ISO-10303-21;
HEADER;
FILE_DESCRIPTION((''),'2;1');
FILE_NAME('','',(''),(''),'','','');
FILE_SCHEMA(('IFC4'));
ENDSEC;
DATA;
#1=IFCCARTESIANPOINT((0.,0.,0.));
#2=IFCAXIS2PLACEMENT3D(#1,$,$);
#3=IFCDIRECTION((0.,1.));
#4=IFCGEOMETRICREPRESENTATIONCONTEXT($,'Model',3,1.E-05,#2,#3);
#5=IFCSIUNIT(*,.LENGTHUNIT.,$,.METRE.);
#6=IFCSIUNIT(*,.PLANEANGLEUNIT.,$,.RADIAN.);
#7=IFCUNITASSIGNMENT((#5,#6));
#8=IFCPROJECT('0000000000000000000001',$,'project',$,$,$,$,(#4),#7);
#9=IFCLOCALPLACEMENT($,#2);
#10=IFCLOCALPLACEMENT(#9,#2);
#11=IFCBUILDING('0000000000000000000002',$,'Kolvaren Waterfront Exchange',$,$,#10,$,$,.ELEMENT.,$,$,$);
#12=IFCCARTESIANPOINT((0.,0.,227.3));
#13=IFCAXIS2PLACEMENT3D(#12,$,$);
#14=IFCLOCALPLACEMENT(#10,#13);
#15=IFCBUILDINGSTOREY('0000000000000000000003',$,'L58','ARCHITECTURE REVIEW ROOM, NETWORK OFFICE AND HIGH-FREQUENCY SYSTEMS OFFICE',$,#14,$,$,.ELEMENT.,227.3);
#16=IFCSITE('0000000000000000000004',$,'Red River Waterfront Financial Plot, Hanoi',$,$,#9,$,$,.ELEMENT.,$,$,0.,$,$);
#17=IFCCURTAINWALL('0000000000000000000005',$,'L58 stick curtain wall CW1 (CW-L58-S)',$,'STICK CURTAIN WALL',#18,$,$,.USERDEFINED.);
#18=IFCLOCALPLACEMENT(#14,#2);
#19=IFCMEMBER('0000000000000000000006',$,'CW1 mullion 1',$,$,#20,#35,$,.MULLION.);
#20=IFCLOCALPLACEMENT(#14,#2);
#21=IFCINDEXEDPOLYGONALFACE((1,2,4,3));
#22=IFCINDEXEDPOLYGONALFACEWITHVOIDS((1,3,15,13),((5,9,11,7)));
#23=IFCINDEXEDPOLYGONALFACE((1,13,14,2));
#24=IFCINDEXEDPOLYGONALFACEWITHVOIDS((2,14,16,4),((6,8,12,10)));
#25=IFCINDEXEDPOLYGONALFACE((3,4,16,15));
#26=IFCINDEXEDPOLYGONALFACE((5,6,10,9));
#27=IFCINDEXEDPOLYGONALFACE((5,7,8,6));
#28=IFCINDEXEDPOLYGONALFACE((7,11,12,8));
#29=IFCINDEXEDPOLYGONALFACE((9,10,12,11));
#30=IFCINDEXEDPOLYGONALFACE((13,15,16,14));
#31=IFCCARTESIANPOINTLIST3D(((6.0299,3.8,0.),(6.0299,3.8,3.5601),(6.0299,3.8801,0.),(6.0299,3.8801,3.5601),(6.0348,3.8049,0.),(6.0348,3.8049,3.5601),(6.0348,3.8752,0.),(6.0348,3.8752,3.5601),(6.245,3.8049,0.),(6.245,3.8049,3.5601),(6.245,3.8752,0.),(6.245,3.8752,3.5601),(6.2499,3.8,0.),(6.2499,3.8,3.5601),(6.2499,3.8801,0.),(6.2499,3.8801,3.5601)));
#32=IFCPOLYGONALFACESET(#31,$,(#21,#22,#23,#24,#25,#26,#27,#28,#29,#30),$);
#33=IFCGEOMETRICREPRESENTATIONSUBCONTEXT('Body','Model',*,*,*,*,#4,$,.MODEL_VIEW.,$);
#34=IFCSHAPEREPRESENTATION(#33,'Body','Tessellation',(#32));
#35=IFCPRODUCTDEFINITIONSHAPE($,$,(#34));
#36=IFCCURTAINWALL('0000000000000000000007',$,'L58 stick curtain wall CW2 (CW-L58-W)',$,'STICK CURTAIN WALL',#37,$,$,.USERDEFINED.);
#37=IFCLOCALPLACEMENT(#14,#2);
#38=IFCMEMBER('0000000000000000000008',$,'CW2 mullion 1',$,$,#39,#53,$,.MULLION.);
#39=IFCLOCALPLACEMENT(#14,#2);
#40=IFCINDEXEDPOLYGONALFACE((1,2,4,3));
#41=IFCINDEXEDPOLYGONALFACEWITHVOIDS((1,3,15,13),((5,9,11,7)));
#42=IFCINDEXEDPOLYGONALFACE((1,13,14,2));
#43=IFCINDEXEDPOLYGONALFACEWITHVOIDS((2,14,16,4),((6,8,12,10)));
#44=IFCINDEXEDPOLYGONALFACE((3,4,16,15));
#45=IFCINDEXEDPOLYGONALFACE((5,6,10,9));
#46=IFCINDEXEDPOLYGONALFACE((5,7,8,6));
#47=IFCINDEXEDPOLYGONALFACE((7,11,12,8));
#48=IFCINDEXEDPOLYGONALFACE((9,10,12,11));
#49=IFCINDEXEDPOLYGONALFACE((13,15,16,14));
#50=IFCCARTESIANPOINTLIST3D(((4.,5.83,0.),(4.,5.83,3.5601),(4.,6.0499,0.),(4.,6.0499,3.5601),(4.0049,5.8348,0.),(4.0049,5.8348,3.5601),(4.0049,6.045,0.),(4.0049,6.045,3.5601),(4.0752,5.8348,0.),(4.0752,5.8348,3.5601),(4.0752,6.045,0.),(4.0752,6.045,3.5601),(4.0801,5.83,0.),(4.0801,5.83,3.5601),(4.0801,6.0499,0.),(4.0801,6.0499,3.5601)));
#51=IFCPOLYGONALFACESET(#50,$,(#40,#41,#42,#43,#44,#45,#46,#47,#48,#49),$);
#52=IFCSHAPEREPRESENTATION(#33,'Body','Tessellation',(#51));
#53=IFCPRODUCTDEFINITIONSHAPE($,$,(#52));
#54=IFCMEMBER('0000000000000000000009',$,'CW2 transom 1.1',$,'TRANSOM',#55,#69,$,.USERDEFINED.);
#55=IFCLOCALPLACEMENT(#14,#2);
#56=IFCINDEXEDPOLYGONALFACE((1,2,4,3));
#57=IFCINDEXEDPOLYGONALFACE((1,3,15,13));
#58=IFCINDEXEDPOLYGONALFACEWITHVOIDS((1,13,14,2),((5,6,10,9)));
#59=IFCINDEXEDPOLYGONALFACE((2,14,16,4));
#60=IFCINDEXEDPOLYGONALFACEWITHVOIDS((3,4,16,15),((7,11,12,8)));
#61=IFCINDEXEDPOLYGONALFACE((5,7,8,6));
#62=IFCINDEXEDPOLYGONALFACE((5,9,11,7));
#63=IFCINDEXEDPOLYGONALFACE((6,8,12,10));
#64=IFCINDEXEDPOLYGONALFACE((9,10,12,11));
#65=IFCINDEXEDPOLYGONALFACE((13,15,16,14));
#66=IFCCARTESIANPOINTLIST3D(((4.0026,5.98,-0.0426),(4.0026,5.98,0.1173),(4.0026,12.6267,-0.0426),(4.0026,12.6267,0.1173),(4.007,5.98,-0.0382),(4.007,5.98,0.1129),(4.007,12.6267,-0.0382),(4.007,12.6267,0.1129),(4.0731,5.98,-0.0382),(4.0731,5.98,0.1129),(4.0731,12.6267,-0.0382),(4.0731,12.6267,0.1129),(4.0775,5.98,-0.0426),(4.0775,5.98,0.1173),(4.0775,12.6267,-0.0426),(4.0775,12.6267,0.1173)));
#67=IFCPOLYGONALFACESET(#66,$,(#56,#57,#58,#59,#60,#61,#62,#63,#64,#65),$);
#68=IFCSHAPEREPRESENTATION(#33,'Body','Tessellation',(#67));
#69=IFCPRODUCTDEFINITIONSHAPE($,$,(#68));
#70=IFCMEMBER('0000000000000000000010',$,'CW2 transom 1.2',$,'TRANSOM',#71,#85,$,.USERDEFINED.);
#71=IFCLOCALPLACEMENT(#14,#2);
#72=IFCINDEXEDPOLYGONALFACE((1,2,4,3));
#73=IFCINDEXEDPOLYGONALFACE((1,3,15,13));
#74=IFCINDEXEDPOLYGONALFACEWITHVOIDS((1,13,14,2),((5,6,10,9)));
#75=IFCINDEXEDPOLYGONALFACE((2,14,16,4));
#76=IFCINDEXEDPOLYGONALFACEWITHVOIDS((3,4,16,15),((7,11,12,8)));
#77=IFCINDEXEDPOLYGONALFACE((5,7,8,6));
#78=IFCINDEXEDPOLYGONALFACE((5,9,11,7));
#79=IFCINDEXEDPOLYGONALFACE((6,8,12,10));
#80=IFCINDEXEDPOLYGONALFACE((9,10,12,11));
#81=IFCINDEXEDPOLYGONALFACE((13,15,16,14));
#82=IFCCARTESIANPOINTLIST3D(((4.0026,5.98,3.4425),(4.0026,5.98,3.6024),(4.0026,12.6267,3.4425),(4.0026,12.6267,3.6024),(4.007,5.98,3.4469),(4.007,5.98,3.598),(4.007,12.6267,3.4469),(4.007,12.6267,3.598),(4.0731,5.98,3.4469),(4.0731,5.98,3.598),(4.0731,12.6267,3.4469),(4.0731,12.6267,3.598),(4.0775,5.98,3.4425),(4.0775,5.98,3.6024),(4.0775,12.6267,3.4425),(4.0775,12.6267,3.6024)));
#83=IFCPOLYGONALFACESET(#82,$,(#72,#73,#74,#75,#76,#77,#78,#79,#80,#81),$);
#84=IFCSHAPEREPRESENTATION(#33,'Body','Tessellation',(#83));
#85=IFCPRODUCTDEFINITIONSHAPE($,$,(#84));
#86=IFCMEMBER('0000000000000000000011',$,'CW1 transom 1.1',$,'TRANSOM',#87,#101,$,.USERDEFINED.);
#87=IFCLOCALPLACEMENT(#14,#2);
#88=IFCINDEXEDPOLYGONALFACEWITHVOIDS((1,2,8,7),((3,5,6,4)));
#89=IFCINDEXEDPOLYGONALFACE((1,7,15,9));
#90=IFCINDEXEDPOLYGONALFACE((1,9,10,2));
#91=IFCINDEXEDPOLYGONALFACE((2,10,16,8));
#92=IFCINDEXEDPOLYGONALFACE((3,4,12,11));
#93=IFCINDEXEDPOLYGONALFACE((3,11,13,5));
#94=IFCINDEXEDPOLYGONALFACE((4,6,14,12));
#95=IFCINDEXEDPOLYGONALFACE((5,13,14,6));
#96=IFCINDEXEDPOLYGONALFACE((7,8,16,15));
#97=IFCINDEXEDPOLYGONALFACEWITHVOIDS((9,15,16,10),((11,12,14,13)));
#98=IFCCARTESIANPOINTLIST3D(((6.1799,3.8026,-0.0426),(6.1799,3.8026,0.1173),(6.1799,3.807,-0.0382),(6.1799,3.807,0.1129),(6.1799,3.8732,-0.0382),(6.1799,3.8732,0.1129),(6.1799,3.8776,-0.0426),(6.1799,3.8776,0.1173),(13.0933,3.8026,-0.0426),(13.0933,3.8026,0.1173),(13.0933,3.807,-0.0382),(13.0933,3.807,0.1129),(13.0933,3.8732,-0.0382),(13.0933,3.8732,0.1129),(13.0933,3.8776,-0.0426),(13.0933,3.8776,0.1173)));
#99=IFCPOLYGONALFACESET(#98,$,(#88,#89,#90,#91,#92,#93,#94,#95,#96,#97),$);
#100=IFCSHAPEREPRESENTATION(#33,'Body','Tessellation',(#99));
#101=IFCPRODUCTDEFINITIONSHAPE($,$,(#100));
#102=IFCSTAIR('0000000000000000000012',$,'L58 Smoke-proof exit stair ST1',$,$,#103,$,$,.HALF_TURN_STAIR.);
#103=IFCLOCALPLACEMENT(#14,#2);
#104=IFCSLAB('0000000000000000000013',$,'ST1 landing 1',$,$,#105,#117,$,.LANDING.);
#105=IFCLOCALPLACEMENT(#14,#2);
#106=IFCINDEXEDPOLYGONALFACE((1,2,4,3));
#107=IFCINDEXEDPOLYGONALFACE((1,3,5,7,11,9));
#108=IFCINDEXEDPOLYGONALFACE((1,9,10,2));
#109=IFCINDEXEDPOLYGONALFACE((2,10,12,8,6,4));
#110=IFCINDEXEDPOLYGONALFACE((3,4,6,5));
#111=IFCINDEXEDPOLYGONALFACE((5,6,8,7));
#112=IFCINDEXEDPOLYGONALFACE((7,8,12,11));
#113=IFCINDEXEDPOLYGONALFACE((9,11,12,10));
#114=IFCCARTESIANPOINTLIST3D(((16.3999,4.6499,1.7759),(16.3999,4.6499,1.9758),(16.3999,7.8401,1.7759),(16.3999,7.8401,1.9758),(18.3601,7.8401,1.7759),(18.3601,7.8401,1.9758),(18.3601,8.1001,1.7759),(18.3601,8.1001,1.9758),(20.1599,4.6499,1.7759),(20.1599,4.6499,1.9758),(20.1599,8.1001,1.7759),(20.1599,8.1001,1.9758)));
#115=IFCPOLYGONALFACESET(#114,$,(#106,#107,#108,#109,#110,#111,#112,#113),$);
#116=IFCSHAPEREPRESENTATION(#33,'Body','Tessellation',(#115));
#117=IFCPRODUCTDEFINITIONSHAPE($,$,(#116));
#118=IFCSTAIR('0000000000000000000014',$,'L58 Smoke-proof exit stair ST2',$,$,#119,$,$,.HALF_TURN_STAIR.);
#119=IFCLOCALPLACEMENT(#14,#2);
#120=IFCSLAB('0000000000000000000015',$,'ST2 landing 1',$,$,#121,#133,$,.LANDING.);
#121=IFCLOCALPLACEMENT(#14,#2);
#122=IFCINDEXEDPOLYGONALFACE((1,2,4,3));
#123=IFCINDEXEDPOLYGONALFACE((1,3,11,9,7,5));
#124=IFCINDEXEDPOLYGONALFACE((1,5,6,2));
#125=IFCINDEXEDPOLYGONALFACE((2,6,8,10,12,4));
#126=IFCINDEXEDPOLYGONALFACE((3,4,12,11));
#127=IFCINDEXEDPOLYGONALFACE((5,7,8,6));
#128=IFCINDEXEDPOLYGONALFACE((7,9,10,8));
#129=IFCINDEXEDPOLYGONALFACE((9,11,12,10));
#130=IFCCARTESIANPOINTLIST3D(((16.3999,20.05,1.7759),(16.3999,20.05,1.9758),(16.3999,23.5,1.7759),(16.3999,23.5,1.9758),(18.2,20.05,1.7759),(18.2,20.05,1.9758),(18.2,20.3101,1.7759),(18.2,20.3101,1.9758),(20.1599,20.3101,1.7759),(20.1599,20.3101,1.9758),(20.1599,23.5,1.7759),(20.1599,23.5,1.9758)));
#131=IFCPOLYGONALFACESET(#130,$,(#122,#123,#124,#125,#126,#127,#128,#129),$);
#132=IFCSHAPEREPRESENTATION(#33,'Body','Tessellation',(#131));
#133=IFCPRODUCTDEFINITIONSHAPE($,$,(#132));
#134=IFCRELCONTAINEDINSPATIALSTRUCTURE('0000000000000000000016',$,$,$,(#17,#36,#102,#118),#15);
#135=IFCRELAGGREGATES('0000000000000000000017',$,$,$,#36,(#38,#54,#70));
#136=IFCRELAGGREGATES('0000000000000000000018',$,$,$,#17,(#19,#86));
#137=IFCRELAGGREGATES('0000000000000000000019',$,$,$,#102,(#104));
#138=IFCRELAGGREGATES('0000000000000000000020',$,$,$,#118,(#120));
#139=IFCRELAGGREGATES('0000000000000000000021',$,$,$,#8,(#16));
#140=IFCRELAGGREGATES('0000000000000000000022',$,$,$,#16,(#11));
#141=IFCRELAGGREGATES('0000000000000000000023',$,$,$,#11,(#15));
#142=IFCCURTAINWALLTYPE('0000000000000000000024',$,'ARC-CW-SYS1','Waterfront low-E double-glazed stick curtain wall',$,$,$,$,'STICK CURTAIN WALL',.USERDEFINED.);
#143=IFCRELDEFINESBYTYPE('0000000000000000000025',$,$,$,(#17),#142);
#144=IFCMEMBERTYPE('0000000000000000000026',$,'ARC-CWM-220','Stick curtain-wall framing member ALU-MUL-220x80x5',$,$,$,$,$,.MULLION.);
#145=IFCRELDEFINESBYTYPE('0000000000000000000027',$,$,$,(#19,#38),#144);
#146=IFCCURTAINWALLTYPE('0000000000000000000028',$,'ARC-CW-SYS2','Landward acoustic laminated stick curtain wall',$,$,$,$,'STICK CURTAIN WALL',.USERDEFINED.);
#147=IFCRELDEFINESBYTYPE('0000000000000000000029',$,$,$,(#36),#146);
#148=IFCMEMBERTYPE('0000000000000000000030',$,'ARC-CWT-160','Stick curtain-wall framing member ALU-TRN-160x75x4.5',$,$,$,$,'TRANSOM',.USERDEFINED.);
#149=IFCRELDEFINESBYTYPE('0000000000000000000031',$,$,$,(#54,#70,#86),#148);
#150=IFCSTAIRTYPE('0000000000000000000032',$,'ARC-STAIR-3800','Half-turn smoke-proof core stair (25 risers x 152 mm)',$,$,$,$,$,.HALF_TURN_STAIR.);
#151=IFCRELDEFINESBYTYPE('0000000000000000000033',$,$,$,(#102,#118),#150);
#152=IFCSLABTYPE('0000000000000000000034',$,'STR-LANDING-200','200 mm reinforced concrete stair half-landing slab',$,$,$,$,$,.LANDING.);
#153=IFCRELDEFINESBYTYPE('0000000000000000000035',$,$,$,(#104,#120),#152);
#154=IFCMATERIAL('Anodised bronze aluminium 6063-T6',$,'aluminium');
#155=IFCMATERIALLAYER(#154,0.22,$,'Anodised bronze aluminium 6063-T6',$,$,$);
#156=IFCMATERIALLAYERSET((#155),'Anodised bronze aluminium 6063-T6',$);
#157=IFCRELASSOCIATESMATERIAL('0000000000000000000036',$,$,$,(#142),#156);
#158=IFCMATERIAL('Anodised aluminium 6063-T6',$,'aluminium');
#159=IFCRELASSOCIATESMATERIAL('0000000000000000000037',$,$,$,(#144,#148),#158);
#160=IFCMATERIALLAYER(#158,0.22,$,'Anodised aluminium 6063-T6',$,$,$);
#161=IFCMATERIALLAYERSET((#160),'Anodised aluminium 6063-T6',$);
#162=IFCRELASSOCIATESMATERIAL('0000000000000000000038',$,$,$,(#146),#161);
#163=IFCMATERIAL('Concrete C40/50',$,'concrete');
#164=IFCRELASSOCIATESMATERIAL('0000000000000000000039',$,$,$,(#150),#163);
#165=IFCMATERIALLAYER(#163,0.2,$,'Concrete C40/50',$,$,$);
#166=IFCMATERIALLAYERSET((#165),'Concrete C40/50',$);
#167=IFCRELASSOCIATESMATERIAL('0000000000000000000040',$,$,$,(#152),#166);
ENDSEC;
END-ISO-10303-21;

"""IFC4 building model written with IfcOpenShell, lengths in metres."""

from ifc_helpers import new_model, si_unit, direction, frame, origin, origin_with_axes, origin_2d, place, context, subcontext, project, spatial, polyline, hollow_rectangle, outline, extrude, source, transform, mapped, material, layer, layer_set, material_profile, profile_set, type_object, element, aggregate, save


model = new_model("IFC4")

# Units and contexts
model_context = context("Model", 3, precision=1e-05, world=origin(), true_north=direction((0.0, 1.0)))
body_context = subcontext(model_context, "Body", "Model", "MODEL_VIEW")
ifc_project = project(units=[si_unit("LENGTHUNIT", "METRE"), si_unit("PLANEANGLEUNIT", "RADIAN")], contexts=[model_context])

# Site, building, storey
site_placement = place(None, origin())
site = spatial("IfcSite", under=ifc_project, at=site_placement, Name="Red River Waterfront Financial Plot, Hanoi", CompositionType="ELEMENT", RefElevation=0.0)
building_placement = place(site_placement, origin())
building = spatial("IfcBuilding", under=site, at=building_placement, Name="Kolvaren Waterfront Exchange", CompositionType="ELEMENT")
storey_placement = place(building_placement, frame((0.0, 0.0, 227.3)))
storey = spatial("IfcBuildingStorey", under=building, at=storey_placement, Name="L58", Description="ARCHITECTURE REVIEW ROOM, NETWORK OFFICE AND HIGH-FREQUENCY SYSTEMS OFFICE", CompositionType="ELEMENT", Elevation=227.3)

# Curtain wall, member
ifc_material_1 = material(Name="Anodised bronze aluminium 6063-T6", Category="aluminium")
ifc_layer_1 = layer(ifc_material_1, 0.22, Name="Anodised bronze aluminium 6063-T6")
ifc_layer_set_1 = layer_set([ifc_layer_1], Name="Anodised bronze aluminium 6063-T6")
curtain_wall_type_1 = type_object("IfcCurtainWallType", Name="ARC-CW-SYS1", Description="Waterfront low-E double-glazed stick curtain wall", ElementType="STICK CURTAIN WALL", PredefinedType="USERDEFINED", material=ifc_layer_set_1)
curtain_wall_1_placement = place(storey_placement, origin())
curtain_wall_1 = element("IfcCurtainWall", 1, at=curtain_wall_1_placement, inside=storey, type_object=curtain_wall_type_1, Name="L58 stick curtain wall CW1 (CW-L58-S)", ObjectType="STICK CURTAIN WALL", PredefinedType="USERDEFINED")
ifc_material_2 = material(Name="Anodised aluminium 6063-T6", Category="aluminium")
ifc_material_profile_1 = material_profile(ifc_material_2, hollow_rectangle(XDim=0.0801, YDim=0.22, WallThickness=0.0049, at=origin_2d()), Name="ALU-MUL-220x80x5")
ifc_profile_set_1 = profile_set([ifc_material_profile_1], Name="Anodised aluminium 6063-T6")
member_type_1 = type_object("IfcMemberType", Name="ARC-CWM-220", Description="Stick curtain-wall framing member ALU-MUL-220x80x5", PredefinedType="MULLION", material=ifc_profile_set_1)
shared_shape_1 = source(origin_with_axes(), body_context, "Body", "SweptSolid", [
    extrude(hollow_rectangle(XDim=0.0801, YDim=0.22, WallThickness=0.0049, at=origin_2d()), origin(), (0.0, 0.0, 1.0), 3.5601),
])
member_1_placement = place(storey_placement, frame((6.1399, 3.8401, 0.0), z_axis=(0.0, 0.0, 1.0), x_axis=(0.0, 1.0, 0.0)))
member_1 = element("IfcMember", 2, at=member_1_placement, type_object=member_type_1, Name="CW1 mullion 1", PredefinedType="MULLION", context=body_context, shape_type="MappedRepresentation", body=[
    mapped(shared_shape_1, transform((0.0, 0.0, 0.0), x_axis=(1.0, 0.0, 0.0), y_axis=(0.0, 1.0, 0.0), z_axis=(0.0, 0.0, 1.0), scale=1.0)),
])

# Curtain wall, members
ifc_layer_2 = layer(ifc_material_2, 0.22, Name="Anodised aluminium 6063-T6")
ifc_layer_set_2 = layer_set([ifc_layer_2], Name="Anodised aluminium 6063-T6")
curtain_wall_type_2 = type_object("IfcCurtainWallType", Name="ARC-CW-SYS2", Description="Landward acoustic laminated stick curtain wall", ElementType="STICK CURTAIN WALL", PredefinedType="USERDEFINED", material=ifc_layer_set_2)
curtain_wall_2_placement = place(storey_placement, origin())
curtain_wall_2 = element("IfcCurtainWall", 3, at=curtain_wall_2_placement, inside=storey, type_object=curtain_wall_type_2, Name="L58 stick curtain wall CW2 (CW-L58-W)", ObjectType="STICK CURTAIN WALL", PredefinedType="USERDEFINED")
member_2_placement = place(storey_placement, frame((4.04, 5.9399, 0.0), z_axis=(0.0, 0.0, 1.0), x_axis=(-1.0, 0.0, 0.0)))
member_2 = element("IfcMember", 4, at=member_2_placement, type_object=member_type_1, Name="CW2 mullion 1", PredefinedType="MULLION", context=body_context, shape_type="MappedRepresentation", body=[
    mapped(shared_shape_1, transform((0.0, 0.0, 0.0), x_axis=(1.0, 0.0, 0.0), y_axis=(0.0, 1.0, 0.0), z_axis=(0.0, 0.0, 1.0), scale=1.0)),
])
ifc_material_profile_2 = material_profile(ifc_material_2, hollow_rectangle(XDim=0.075, YDim=0.1599, WallThickness=0.0044, at=origin_2d()), Name="ALU-TRN-160x75x4.5")
ifc_profile_set_2 = profile_set([ifc_material_profile_2], Name="Anodised aluminium 6063-T6")
member_type_2 = type_object("IfcMemberType", Name="ARC-CWT-160", Description="Stick curtain-wall framing member ALU-TRN-160x75x4.5", ElementType="TRANSOM", PredefinedType="USERDEFINED", material=ifc_profile_set_2)
shared_shape_2 = source(origin_with_axes(), body_context, "Body", "SweptSolid", [
    extrude(hollow_rectangle(XDim=0.075, YDim=0.1599, WallThickness=0.0044, at=origin_2d()), origin(), (0.0, 0.0, 1.0), 6.6467),
])
member_3_placement = place(storey_placement, frame((4.04, 5.98, 0.0374), z_axis=(0.0, 1.0, 0.0), x_axis=(-1.0, 0.0, 0.0)))
member_3 = element("IfcMember", 5, at=member_3_placement, type_object=member_type_2, Name="CW2 transom 1.1", ObjectType="TRANSOM", PredefinedType="USERDEFINED", context=body_context, shape_type="MappedRepresentation", body=[
    mapped(shared_shape_2, transform((0.0, 0.0, 0.0), x_axis=(1.0, 0.0, 0.0), y_axis=(0.0, 1.0, 0.0), z_axis=(0.0, 0.0, 1.0), scale=1.0)),
])
member_4_placement = place(storey_placement, frame((4.04, 5.98, 3.5225), z_axis=(0.0, 1.0, 0.0), x_axis=(-1.0, 0.0, 0.0)))
member_4 = element("IfcMember", 6, at=member_4_placement, type_object=member_type_2, Name="CW2 transom 1.2", ObjectType="TRANSOM", PredefinedType="USERDEFINED", context=body_context, shape_type="MappedRepresentation", body=[
    mapped(shared_shape_2, transform((0.0, 0.0, 0.0), x_axis=(1.0, 0.0, 0.0), y_axis=(0.0, 1.0, 0.0), z_axis=(0.0, 0.0, 1.0), scale=1.0)),
])
aggregate(curtain_wall_2, [member_2, member_3, member_4])

# Member
shared_shape_3 = source(origin_with_axes(), body_context, "Body", "SweptSolid", [
    extrude(hollow_rectangle(XDim=0.075, YDim=0.1599, WallThickness=0.0044, at=origin_2d()), origin(), (0.0, 0.0, 1.0), 6.9133),
])
member_5_placement = place(storey_placement, frame((6.1799, 3.8401, 0.0374), z_axis=(1.0, 0.0, 0.0), x_axis=(0.0, 1.0, 0.0)))
member_5 = element("IfcMember", 7, at=member_5_placement, type_object=member_type_2, Name="CW1 transom 1.1", ObjectType="TRANSOM", PredefinedType="USERDEFINED", context=body_context, shape_type="MappedRepresentation", body=[
    mapped(shared_shape_3, transform((0.0, 0.0, 0.0), x_axis=(1.0, 0.0, 0.0), y_axis=(0.0, 1.0, 0.0), z_axis=(0.0, 0.0, 1.0), scale=1.0)),
])
aggregate(curtain_wall_1, [member_1, member_5])

# Stairs, slabs
ifc_material_3 = material(Name="Concrete C40/50", Category="concrete")
stair_type = type_object("IfcStairType", Name="ARC-STAIR-3800", Description="Half-turn smoke-proof core stair (25 risers x 152 mm)", PredefinedType="HALF_TURN_STAIR", material=ifc_material_3)
stair_1_placement = place(storey_placement, origin())
stair_1 = element("IfcStair", 8, at=stair_1_placement, inside=storey, type_object=stair_type, Name="L58 Smoke-proof exit stair ST1", PredefinedType="HALF_TURN_STAIR")
ifc_layer_3 = layer(ifc_material_3, 0.2, Name="Concrete C40/50")
ifc_layer_set_3 = layer_set([ifc_layer_3], Name="Concrete C40/50")
slab_type_1 = type_object("IfcSlabType", Name="STR-LANDING-200", Description="200 mm reinforced concrete stair half-landing slab", PredefinedType="LANDING", material=ifc_layer_set_3)
slab_1_placement = place(storey_placement, frame((0.0, 0.0, 1.7759)))
slab_1 = element("IfcSlab", 9, at=slab_1_placement, type_object=slab_type_1, Name="ST1 landing 1", PredefinedType="LANDING", context=body_context, shape_type="SweptSolid", body=[
    extrude(outline(polyline([(16.3999, 7.8401), (16.3999, 4.6499), (20.1599, 4.6499), (20.1599, 8.1001), (18.3601, 8.1001), (18.3601, 7.8401), (16.3999, 7.8401)])), origin(), (0.0, 0.0, 1.0), 0.2),
])
aggregate(stair_1, [slab_1])
stair_2_placement = place(storey_placement, origin())
stair_2 = element("IfcStair", 10, at=stair_2_placement, inside=storey, type_object=stair_type, Name="L58 Smoke-proof exit stair ST2", PredefinedType="HALF_TURN_STAIR")
slab_2_placement = place(storey_placement, frame((0.0, 0.0, 1.7759)))
slab_2 = element("IfcSlab", 11, at=slab_2_placement, type_object=slab_type_1, Name="ST2 landing 1", PredefinedType="LANDING", context=body_context, shape_type="SweptSolid", body=[
    extrude(outline(polyline([(20.1599, 20.3101), (20.1599, 23.5), (16.3999, 23.5), (16.3999, 20.05), (18.2, 20.05), (18.2, 20.3101), (20.1599, 20.3101)])), origin(), (0.0, 0.0, 1.0), 0.2),
])
aggregate(stair_2, [slab_2])

save(model, "model.ifc")
